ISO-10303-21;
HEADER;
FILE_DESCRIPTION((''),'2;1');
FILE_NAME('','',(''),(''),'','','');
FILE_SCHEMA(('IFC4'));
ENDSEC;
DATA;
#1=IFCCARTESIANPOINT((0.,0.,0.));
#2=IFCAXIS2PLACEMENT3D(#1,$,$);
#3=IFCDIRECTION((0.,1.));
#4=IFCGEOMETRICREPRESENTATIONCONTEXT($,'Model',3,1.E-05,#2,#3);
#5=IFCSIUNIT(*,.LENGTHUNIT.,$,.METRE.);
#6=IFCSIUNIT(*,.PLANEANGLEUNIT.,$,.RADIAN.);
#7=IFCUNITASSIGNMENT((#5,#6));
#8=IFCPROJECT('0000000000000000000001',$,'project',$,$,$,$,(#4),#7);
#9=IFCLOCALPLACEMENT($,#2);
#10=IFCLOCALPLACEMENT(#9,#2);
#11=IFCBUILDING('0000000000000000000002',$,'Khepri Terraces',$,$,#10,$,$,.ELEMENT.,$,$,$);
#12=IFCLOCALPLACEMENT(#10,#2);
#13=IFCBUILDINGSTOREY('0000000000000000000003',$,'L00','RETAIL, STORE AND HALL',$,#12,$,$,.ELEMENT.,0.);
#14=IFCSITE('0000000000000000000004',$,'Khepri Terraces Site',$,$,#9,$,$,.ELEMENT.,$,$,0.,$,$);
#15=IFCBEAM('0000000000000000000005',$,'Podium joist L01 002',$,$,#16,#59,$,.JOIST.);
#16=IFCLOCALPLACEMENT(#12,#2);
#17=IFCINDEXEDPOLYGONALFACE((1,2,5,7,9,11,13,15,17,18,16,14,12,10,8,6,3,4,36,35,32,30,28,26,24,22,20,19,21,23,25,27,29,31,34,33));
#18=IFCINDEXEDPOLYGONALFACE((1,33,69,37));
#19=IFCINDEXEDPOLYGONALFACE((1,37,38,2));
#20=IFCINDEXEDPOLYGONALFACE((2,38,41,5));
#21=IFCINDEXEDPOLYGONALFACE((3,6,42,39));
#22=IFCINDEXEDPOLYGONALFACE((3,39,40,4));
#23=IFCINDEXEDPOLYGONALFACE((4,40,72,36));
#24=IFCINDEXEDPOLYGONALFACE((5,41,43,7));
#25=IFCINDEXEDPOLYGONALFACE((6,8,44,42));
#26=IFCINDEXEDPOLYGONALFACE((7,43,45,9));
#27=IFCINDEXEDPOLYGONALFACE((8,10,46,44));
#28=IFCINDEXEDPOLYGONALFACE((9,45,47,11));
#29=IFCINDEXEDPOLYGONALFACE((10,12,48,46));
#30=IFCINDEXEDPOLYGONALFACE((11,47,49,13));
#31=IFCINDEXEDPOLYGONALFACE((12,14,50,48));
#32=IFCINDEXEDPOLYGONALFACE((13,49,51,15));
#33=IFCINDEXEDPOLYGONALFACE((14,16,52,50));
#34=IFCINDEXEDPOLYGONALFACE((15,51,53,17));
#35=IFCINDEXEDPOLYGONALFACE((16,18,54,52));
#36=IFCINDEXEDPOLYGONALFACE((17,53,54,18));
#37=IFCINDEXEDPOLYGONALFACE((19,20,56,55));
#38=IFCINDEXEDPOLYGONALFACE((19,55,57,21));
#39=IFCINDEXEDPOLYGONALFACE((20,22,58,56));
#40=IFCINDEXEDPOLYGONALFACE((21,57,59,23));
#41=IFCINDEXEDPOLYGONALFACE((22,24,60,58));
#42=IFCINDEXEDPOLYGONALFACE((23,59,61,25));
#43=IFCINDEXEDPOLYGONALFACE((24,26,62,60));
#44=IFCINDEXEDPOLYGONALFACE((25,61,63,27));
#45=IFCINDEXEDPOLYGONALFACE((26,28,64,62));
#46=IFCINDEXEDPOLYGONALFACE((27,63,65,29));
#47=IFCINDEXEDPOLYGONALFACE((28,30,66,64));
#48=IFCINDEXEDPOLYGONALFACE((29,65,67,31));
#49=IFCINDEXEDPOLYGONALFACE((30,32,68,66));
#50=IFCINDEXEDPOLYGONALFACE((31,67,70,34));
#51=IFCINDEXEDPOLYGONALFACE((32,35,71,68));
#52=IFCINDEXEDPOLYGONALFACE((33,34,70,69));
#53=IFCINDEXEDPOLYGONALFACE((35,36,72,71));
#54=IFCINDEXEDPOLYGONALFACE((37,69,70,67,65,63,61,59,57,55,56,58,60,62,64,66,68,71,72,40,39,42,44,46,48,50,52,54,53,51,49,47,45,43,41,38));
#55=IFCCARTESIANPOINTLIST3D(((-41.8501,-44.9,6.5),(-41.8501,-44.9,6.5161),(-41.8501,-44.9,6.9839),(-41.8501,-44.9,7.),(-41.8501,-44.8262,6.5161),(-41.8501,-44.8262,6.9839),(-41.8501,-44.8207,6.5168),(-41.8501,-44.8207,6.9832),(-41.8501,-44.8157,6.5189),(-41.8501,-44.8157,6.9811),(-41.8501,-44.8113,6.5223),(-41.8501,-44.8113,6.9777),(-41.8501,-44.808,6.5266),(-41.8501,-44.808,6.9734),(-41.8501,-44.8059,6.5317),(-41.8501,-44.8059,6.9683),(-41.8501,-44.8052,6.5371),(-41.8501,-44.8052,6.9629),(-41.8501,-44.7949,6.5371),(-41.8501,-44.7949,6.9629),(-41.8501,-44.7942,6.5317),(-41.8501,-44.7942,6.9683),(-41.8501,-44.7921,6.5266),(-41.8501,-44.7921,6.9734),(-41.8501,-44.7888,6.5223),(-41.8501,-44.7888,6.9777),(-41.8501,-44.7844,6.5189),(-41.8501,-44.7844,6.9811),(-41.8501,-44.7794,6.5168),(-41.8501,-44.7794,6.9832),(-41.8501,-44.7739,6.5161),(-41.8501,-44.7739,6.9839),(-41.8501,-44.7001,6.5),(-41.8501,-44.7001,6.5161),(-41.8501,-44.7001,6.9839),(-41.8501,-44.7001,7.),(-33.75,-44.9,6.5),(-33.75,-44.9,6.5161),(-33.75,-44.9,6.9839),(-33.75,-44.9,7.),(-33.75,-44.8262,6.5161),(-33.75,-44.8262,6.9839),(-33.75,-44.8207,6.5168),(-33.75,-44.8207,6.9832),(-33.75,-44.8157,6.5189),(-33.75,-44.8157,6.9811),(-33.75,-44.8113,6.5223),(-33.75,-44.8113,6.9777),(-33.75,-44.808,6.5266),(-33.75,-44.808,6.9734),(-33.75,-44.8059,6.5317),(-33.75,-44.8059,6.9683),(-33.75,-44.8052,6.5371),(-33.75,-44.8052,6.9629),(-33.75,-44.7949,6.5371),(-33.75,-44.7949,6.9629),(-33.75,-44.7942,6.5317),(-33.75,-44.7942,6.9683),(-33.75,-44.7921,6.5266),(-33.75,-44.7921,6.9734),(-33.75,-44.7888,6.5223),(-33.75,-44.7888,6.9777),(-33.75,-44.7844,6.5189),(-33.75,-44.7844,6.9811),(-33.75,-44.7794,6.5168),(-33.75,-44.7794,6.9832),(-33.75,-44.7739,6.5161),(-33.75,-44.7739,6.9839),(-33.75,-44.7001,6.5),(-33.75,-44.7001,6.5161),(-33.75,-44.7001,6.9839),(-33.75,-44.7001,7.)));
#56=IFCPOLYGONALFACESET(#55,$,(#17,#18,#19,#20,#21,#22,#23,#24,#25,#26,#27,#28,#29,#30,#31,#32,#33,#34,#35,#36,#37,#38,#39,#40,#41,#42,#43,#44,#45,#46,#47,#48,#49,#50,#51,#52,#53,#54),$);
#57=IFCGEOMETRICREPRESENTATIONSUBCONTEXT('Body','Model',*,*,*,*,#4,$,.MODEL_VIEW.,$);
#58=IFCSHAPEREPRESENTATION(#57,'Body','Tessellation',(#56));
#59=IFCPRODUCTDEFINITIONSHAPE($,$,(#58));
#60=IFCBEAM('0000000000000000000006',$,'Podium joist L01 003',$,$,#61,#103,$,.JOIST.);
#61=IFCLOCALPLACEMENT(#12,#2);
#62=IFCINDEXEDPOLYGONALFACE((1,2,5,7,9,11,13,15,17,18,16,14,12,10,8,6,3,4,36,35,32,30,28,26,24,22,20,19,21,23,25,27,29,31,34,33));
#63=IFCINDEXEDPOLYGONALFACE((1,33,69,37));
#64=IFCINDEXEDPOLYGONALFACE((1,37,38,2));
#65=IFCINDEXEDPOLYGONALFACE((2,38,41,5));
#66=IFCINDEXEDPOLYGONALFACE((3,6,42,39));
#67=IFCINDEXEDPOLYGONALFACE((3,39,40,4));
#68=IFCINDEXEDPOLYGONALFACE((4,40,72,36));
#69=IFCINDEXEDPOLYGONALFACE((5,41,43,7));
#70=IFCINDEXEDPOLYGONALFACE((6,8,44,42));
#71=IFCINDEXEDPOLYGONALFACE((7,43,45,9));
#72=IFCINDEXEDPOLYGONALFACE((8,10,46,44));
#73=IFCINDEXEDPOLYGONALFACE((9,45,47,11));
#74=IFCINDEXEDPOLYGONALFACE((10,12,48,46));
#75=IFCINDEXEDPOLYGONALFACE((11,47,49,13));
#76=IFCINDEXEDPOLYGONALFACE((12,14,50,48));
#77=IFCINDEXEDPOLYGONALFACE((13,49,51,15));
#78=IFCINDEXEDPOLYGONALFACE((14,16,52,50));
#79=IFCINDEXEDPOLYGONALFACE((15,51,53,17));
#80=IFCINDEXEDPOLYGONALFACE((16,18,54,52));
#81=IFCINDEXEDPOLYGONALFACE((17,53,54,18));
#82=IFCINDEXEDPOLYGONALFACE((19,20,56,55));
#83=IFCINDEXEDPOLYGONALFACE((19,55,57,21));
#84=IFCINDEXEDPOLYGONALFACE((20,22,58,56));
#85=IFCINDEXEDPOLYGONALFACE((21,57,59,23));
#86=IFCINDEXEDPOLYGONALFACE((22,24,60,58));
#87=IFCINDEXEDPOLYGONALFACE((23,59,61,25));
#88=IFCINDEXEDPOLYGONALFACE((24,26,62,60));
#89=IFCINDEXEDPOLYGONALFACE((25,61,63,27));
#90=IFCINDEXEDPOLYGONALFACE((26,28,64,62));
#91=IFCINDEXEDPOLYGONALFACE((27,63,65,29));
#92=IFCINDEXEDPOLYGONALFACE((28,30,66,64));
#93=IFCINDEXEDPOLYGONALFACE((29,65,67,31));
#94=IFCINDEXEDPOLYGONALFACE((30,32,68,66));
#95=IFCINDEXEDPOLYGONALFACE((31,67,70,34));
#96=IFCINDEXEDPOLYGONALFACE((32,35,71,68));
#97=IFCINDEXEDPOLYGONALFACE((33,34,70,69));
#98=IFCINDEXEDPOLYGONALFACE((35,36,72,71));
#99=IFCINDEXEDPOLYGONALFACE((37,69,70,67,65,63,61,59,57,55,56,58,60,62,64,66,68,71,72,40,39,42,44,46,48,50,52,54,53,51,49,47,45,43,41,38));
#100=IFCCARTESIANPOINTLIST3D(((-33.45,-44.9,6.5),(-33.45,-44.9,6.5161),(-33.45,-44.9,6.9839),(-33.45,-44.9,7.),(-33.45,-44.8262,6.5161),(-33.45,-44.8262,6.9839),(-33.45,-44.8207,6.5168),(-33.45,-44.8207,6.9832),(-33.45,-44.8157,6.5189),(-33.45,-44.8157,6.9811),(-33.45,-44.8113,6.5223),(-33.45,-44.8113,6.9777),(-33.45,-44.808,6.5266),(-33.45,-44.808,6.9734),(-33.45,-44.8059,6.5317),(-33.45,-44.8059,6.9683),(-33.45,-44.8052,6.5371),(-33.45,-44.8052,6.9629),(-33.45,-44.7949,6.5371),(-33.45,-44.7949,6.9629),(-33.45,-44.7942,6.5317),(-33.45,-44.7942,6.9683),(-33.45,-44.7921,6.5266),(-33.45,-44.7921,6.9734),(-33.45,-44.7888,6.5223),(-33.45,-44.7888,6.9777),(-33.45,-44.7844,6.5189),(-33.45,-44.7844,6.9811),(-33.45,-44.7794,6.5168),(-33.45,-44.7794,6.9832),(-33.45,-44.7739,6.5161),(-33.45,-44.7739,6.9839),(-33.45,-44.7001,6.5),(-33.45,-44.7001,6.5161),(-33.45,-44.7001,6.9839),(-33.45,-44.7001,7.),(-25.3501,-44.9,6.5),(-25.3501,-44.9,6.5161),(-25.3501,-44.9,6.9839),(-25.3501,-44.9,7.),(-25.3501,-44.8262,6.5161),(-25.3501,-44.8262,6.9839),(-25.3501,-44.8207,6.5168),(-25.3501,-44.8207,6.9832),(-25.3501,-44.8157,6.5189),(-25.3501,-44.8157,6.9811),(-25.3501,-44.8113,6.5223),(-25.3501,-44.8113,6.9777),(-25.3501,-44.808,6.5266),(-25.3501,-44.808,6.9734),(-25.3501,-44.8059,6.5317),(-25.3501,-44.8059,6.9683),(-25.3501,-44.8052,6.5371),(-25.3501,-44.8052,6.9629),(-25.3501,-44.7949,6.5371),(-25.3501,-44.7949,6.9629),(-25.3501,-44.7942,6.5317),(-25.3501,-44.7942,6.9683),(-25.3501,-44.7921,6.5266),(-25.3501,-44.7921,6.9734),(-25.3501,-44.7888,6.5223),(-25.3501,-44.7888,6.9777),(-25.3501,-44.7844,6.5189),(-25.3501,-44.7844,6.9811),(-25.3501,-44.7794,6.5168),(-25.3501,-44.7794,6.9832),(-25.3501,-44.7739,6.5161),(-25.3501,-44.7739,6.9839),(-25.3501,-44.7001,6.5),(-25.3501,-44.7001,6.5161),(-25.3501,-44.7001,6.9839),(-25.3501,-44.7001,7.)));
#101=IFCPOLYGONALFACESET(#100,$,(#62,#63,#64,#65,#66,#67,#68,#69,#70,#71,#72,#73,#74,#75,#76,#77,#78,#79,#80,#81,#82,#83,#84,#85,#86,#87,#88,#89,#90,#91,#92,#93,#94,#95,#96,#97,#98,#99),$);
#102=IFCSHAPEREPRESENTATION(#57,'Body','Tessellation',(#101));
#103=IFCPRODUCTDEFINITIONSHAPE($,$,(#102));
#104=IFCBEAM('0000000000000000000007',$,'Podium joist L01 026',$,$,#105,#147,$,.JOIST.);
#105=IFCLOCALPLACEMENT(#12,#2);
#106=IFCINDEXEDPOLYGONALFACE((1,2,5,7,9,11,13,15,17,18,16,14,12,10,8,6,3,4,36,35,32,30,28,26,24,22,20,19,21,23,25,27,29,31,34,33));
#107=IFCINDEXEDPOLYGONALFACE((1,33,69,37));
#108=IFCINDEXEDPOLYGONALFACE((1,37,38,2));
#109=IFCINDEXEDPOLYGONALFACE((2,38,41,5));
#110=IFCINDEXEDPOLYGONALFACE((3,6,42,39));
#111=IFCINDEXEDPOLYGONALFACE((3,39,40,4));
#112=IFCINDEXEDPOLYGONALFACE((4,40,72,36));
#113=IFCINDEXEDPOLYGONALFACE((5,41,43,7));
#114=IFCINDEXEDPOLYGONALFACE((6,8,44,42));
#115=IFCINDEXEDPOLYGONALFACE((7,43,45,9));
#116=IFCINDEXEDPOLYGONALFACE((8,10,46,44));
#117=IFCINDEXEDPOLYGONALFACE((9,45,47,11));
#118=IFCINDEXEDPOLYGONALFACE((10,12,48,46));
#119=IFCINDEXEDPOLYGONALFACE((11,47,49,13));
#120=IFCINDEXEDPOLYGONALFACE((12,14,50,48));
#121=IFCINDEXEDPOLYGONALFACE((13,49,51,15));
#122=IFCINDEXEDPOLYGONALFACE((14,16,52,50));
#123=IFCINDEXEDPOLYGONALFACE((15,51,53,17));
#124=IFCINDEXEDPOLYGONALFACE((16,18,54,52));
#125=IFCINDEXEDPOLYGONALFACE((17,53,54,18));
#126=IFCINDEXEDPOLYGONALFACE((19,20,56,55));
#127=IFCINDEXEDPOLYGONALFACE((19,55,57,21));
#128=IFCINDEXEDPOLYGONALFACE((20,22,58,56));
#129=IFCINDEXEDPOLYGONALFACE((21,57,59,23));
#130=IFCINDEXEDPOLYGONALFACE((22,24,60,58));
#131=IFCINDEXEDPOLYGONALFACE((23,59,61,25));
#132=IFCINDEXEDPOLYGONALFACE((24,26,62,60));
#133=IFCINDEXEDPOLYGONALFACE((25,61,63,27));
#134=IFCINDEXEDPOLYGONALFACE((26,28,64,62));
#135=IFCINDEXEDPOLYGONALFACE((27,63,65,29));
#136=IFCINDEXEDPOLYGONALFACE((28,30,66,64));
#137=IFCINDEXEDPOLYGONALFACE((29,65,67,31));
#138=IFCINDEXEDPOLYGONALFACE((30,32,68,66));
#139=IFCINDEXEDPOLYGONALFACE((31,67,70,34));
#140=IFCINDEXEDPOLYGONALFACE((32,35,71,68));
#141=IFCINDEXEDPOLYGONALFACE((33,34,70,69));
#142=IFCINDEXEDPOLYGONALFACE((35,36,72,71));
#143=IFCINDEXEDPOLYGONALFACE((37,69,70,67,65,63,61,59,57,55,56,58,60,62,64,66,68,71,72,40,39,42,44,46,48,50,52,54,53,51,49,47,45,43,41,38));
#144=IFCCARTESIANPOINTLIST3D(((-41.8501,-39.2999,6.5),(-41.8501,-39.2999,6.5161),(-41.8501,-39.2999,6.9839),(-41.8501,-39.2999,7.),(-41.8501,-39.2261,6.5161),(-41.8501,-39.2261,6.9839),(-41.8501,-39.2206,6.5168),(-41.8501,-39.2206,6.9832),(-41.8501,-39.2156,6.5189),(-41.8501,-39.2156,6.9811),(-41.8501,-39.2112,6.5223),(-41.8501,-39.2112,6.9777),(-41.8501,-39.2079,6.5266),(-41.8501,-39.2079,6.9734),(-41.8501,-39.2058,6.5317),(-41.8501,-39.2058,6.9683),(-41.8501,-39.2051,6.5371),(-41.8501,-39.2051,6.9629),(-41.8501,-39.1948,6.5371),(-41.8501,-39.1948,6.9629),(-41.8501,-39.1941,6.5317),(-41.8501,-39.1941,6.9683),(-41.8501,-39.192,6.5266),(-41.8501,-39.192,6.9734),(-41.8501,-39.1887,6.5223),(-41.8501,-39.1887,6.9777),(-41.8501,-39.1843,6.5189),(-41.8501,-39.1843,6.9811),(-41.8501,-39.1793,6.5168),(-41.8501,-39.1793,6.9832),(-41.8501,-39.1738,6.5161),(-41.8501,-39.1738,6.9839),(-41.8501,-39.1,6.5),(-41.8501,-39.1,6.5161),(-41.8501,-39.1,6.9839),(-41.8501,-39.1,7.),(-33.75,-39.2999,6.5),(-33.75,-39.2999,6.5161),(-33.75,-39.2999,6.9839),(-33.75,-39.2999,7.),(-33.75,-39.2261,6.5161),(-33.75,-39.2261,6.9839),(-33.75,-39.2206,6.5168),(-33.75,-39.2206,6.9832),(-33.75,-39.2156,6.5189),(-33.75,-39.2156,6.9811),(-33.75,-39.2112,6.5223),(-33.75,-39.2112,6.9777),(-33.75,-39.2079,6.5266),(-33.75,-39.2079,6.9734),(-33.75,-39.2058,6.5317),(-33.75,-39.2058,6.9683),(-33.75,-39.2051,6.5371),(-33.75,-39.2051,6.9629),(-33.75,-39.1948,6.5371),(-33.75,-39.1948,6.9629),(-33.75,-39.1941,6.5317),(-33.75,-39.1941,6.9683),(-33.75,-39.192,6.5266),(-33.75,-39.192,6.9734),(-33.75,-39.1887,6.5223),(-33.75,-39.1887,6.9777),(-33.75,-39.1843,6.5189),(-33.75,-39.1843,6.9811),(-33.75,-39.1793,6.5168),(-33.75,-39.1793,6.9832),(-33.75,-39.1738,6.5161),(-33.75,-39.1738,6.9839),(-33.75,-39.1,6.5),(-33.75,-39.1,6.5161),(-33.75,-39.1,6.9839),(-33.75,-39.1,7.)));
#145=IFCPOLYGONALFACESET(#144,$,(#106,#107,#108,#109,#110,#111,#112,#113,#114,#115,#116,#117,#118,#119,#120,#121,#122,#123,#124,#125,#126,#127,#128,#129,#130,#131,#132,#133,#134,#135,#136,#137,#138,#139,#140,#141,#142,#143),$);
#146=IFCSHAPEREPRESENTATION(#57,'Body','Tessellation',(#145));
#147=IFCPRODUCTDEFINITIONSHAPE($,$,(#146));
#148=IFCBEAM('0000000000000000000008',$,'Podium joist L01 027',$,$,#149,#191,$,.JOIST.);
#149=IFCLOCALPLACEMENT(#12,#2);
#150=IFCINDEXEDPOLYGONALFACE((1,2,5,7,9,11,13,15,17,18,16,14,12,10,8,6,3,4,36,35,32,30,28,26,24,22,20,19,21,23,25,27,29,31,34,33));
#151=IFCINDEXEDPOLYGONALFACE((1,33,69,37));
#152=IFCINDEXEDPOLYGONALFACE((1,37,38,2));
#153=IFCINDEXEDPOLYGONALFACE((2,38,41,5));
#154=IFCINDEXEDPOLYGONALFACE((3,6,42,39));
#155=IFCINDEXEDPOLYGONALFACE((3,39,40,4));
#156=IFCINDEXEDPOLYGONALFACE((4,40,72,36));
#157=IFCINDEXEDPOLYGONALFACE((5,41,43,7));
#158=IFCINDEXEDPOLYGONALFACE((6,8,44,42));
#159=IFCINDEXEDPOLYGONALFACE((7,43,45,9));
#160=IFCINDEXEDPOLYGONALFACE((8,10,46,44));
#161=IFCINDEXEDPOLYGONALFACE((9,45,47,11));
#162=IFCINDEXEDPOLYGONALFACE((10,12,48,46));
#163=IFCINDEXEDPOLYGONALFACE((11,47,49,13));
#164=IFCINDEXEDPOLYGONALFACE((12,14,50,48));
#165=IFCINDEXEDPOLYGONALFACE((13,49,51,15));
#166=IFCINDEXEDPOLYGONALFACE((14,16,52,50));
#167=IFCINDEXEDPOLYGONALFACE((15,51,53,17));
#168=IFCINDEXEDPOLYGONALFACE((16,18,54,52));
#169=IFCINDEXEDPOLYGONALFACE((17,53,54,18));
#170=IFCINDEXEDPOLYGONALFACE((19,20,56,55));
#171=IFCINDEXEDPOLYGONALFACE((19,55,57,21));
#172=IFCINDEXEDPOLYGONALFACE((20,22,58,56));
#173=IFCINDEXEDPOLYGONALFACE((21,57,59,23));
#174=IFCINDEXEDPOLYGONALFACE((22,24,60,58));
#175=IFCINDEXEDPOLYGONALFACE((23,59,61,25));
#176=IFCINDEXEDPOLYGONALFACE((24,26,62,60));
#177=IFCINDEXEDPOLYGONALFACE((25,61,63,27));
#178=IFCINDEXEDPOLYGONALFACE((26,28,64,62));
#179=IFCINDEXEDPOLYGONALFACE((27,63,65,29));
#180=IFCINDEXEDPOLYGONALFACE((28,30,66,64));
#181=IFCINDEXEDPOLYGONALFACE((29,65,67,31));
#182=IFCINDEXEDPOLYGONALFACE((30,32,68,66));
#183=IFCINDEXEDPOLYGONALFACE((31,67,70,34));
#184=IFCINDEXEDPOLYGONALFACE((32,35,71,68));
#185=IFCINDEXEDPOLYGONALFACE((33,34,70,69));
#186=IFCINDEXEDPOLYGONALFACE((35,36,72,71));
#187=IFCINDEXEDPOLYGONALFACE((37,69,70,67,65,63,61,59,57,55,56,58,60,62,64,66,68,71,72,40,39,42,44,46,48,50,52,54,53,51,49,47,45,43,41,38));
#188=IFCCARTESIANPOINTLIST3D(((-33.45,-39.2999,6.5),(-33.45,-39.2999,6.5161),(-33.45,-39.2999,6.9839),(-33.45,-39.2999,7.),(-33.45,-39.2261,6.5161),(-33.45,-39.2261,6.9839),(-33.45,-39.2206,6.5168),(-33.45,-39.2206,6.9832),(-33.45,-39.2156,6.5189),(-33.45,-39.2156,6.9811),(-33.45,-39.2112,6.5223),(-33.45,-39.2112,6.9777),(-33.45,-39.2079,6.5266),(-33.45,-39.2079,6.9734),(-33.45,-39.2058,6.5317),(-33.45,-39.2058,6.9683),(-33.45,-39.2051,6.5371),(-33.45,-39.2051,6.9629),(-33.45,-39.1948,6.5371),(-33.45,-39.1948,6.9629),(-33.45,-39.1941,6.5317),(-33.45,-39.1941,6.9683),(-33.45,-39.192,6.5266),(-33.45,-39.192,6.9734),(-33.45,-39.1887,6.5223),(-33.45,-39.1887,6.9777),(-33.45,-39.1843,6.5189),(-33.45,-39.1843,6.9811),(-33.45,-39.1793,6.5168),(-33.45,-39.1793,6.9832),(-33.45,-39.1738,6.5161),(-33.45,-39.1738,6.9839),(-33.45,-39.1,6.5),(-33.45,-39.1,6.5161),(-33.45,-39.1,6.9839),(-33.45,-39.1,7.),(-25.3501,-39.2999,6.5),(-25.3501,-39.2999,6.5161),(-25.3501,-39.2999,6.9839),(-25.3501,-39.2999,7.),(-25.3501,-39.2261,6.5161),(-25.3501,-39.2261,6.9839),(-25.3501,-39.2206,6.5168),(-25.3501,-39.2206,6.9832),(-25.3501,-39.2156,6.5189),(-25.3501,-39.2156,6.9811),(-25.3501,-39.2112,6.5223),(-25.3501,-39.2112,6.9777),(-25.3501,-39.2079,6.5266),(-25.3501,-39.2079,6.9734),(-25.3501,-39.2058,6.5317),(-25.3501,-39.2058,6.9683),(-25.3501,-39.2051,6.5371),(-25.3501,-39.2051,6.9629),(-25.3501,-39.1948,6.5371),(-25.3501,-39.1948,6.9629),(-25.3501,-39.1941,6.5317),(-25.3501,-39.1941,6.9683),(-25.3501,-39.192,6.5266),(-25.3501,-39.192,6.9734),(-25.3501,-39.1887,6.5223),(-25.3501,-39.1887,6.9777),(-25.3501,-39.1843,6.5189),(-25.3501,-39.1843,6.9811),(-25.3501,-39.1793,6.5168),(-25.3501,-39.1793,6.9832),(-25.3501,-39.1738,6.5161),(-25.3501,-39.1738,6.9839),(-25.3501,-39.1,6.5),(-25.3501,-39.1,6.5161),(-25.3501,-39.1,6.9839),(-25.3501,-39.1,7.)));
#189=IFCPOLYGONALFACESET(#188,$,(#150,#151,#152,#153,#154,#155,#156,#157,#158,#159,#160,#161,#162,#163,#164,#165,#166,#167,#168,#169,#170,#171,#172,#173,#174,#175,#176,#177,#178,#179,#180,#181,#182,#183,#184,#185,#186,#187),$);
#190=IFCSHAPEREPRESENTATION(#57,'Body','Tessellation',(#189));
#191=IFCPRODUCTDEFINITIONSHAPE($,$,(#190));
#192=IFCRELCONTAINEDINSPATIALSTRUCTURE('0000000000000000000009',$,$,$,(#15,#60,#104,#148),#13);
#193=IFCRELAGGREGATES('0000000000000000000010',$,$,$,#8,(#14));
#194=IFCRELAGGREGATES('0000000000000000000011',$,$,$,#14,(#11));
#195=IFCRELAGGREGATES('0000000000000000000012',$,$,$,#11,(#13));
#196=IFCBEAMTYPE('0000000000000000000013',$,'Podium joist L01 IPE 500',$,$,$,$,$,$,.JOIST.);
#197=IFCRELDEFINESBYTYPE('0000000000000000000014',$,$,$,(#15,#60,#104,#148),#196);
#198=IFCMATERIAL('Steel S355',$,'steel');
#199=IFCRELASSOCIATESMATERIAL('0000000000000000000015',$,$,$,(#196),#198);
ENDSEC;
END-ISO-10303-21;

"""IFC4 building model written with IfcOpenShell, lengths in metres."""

from ifc_helpers import new_model, si_unit, direction, frame, origin, origin_2d, place, context, subcontext, project, spatial, i_section, extrude, material, material_profile, profile_set, type_object, element, save


model = new_model("IFC4")

# Units and contexts
model_context = context("Model", 3, precision=1e-05, world=origin(), true_north=direction((0.0, 1.0)))
body_context = subcontext(model_context, "Body", "Model", "MODEL_VIEW")
ifc_project = project(units=[si_unit("LENGTHUNIT", "METRE"), si_unit("PLANEANGLEUNIT", "RADIAN")], contexts=[model_context])

# Site, building, storey
site_placement = place(None, origin())
site = spatial("IfcSite", under=ifc_project, at=site_placement, Name="Khepri Terraces Site", CompositionType="ELEMENT", RefElevation=0.0)
building_placement = place(site_placement, origin())
building = spatial("IfcBuilding", under=site, at=building_placement, Name="Khepri Terraces", CompositionType="ELEMENT")
storey_placement = place(building_placement, origin())
storey = spatial("IfcBuildingStorey", under=building, at=storey_placement, Name="L00", Description="RETAIL, STORE AND HALL", CompositionType="ELEMENT", Elevation=0.0)

# Beams
ifc_material_1 = material(Name="Steel S355", Category="steel")
ifc_material_profile_1 = material_profile(ifc_material_1, i_section(OverallWidth=0.2, OverallDepth=0.5, WebThickness=0.0103, FlangeThickness=0.0161, FilletRadius=0.021, at=origin_2d()), Name="Steel S355", Category="steel")
ifc_profile_set_1 = profile_set([ifc_material_profile_1], Name="Steel S355")
beam_type_1 = type_object("IfcBeamType", Name="Podium joist L01 IPE 500", PredefinedType="JOIST", material=ifc_profile_set_1)
beam_1_placement = place(storey_placement, frame((-41.8501, -44.8, 6.75), z_axis=(1.0, 0.0, 0.0), x_axis=(0.0, 1.0, 0.0)))
element("IfcBeam", 1, at=beam_1_placement, inside=storey, type_object=beam_type_1, Name="Podium joist L01 002", PredefinedType="JOIST", context=body_context, shape_type="SweptSolid", body=[
    extrude(i_section(OverallWidth=0.2, OverallDepth=0.5, WebThickness=0.0103, FlangeThickness=0.0161, FilletRadius=0.021, at=origin_2d()), origin(), (0.0, 0.0, 1.0), 8.1001),
])
beam_2_placement = place(storey_placement, frame((-33.45, -44.8, 6.75), z_axis=(1.0, 0.0, 0.0), x_axis=(0.0, 1.0, 0.0)))
element("IfcBeam", 2, at=beam_2_placement, inside=storey, type_object=beam_type_1, Name="Podium joist L01 003", PredefinedType="JOIST", context=body_context, shape_type="SweptSolid", body=[
    extrude(i_section(OverallWidth=0.2, OverallDepth=0.5, WebThickness=0.0103, FlangeThickness=0.0161, FilletRadius=0.021, at=origin_2d()), origin(), (0.0, 0.0, 1.0), 8.0999),
])
beam_3_placement = place(storey_placement, frame((-41.8501, -39.2, 6.75), z_axis=(1.0, 0.0, 0.0), x_axis=(0.0, 1.0, 0.0)))
element("IfcBeam", 3, at=beam_3_placement, inside=storey, type_object=beam_type_1, Name="Podium joist L01 026", PredefinedType="JOIST", context=body_context, shape_type="SweptSolid", body=[
    extrude(i_section(OverallWidth=0.2, OverallDepth=0.5, WebThickness=0.0103, FlangeThickness=0.0161, FilletRadius=0.021, at=origin_2d()), origin(), (0.0, 0.0, 1.0), 8.1001),
])
beam_4_placement = place(storey_placement, frame((-33.45, -39.2, 6.75), z_axis=(1.0, 0.0, 0.0), x_axis=(0.0, 1.0, 0.0)))
element("IfcBeam", 4, at=beam_4_placement, inside=storey, type_object=beam_type_1, Name="Podium joist L01 027", PredefinedType="JOIST", context=body_context, shape_type="SweptSolid", body=[
    extrude(i_section(OverallWidth=0.2, OverallDepth=0.5, WebThickness=0.0103, FlangeThickness=0.0161, FilletRadius=0.021, at=origin_2d()), origin(), (0.0, 0.0, 1.0), 8.0999),
])

save(model, "model.ifc")
